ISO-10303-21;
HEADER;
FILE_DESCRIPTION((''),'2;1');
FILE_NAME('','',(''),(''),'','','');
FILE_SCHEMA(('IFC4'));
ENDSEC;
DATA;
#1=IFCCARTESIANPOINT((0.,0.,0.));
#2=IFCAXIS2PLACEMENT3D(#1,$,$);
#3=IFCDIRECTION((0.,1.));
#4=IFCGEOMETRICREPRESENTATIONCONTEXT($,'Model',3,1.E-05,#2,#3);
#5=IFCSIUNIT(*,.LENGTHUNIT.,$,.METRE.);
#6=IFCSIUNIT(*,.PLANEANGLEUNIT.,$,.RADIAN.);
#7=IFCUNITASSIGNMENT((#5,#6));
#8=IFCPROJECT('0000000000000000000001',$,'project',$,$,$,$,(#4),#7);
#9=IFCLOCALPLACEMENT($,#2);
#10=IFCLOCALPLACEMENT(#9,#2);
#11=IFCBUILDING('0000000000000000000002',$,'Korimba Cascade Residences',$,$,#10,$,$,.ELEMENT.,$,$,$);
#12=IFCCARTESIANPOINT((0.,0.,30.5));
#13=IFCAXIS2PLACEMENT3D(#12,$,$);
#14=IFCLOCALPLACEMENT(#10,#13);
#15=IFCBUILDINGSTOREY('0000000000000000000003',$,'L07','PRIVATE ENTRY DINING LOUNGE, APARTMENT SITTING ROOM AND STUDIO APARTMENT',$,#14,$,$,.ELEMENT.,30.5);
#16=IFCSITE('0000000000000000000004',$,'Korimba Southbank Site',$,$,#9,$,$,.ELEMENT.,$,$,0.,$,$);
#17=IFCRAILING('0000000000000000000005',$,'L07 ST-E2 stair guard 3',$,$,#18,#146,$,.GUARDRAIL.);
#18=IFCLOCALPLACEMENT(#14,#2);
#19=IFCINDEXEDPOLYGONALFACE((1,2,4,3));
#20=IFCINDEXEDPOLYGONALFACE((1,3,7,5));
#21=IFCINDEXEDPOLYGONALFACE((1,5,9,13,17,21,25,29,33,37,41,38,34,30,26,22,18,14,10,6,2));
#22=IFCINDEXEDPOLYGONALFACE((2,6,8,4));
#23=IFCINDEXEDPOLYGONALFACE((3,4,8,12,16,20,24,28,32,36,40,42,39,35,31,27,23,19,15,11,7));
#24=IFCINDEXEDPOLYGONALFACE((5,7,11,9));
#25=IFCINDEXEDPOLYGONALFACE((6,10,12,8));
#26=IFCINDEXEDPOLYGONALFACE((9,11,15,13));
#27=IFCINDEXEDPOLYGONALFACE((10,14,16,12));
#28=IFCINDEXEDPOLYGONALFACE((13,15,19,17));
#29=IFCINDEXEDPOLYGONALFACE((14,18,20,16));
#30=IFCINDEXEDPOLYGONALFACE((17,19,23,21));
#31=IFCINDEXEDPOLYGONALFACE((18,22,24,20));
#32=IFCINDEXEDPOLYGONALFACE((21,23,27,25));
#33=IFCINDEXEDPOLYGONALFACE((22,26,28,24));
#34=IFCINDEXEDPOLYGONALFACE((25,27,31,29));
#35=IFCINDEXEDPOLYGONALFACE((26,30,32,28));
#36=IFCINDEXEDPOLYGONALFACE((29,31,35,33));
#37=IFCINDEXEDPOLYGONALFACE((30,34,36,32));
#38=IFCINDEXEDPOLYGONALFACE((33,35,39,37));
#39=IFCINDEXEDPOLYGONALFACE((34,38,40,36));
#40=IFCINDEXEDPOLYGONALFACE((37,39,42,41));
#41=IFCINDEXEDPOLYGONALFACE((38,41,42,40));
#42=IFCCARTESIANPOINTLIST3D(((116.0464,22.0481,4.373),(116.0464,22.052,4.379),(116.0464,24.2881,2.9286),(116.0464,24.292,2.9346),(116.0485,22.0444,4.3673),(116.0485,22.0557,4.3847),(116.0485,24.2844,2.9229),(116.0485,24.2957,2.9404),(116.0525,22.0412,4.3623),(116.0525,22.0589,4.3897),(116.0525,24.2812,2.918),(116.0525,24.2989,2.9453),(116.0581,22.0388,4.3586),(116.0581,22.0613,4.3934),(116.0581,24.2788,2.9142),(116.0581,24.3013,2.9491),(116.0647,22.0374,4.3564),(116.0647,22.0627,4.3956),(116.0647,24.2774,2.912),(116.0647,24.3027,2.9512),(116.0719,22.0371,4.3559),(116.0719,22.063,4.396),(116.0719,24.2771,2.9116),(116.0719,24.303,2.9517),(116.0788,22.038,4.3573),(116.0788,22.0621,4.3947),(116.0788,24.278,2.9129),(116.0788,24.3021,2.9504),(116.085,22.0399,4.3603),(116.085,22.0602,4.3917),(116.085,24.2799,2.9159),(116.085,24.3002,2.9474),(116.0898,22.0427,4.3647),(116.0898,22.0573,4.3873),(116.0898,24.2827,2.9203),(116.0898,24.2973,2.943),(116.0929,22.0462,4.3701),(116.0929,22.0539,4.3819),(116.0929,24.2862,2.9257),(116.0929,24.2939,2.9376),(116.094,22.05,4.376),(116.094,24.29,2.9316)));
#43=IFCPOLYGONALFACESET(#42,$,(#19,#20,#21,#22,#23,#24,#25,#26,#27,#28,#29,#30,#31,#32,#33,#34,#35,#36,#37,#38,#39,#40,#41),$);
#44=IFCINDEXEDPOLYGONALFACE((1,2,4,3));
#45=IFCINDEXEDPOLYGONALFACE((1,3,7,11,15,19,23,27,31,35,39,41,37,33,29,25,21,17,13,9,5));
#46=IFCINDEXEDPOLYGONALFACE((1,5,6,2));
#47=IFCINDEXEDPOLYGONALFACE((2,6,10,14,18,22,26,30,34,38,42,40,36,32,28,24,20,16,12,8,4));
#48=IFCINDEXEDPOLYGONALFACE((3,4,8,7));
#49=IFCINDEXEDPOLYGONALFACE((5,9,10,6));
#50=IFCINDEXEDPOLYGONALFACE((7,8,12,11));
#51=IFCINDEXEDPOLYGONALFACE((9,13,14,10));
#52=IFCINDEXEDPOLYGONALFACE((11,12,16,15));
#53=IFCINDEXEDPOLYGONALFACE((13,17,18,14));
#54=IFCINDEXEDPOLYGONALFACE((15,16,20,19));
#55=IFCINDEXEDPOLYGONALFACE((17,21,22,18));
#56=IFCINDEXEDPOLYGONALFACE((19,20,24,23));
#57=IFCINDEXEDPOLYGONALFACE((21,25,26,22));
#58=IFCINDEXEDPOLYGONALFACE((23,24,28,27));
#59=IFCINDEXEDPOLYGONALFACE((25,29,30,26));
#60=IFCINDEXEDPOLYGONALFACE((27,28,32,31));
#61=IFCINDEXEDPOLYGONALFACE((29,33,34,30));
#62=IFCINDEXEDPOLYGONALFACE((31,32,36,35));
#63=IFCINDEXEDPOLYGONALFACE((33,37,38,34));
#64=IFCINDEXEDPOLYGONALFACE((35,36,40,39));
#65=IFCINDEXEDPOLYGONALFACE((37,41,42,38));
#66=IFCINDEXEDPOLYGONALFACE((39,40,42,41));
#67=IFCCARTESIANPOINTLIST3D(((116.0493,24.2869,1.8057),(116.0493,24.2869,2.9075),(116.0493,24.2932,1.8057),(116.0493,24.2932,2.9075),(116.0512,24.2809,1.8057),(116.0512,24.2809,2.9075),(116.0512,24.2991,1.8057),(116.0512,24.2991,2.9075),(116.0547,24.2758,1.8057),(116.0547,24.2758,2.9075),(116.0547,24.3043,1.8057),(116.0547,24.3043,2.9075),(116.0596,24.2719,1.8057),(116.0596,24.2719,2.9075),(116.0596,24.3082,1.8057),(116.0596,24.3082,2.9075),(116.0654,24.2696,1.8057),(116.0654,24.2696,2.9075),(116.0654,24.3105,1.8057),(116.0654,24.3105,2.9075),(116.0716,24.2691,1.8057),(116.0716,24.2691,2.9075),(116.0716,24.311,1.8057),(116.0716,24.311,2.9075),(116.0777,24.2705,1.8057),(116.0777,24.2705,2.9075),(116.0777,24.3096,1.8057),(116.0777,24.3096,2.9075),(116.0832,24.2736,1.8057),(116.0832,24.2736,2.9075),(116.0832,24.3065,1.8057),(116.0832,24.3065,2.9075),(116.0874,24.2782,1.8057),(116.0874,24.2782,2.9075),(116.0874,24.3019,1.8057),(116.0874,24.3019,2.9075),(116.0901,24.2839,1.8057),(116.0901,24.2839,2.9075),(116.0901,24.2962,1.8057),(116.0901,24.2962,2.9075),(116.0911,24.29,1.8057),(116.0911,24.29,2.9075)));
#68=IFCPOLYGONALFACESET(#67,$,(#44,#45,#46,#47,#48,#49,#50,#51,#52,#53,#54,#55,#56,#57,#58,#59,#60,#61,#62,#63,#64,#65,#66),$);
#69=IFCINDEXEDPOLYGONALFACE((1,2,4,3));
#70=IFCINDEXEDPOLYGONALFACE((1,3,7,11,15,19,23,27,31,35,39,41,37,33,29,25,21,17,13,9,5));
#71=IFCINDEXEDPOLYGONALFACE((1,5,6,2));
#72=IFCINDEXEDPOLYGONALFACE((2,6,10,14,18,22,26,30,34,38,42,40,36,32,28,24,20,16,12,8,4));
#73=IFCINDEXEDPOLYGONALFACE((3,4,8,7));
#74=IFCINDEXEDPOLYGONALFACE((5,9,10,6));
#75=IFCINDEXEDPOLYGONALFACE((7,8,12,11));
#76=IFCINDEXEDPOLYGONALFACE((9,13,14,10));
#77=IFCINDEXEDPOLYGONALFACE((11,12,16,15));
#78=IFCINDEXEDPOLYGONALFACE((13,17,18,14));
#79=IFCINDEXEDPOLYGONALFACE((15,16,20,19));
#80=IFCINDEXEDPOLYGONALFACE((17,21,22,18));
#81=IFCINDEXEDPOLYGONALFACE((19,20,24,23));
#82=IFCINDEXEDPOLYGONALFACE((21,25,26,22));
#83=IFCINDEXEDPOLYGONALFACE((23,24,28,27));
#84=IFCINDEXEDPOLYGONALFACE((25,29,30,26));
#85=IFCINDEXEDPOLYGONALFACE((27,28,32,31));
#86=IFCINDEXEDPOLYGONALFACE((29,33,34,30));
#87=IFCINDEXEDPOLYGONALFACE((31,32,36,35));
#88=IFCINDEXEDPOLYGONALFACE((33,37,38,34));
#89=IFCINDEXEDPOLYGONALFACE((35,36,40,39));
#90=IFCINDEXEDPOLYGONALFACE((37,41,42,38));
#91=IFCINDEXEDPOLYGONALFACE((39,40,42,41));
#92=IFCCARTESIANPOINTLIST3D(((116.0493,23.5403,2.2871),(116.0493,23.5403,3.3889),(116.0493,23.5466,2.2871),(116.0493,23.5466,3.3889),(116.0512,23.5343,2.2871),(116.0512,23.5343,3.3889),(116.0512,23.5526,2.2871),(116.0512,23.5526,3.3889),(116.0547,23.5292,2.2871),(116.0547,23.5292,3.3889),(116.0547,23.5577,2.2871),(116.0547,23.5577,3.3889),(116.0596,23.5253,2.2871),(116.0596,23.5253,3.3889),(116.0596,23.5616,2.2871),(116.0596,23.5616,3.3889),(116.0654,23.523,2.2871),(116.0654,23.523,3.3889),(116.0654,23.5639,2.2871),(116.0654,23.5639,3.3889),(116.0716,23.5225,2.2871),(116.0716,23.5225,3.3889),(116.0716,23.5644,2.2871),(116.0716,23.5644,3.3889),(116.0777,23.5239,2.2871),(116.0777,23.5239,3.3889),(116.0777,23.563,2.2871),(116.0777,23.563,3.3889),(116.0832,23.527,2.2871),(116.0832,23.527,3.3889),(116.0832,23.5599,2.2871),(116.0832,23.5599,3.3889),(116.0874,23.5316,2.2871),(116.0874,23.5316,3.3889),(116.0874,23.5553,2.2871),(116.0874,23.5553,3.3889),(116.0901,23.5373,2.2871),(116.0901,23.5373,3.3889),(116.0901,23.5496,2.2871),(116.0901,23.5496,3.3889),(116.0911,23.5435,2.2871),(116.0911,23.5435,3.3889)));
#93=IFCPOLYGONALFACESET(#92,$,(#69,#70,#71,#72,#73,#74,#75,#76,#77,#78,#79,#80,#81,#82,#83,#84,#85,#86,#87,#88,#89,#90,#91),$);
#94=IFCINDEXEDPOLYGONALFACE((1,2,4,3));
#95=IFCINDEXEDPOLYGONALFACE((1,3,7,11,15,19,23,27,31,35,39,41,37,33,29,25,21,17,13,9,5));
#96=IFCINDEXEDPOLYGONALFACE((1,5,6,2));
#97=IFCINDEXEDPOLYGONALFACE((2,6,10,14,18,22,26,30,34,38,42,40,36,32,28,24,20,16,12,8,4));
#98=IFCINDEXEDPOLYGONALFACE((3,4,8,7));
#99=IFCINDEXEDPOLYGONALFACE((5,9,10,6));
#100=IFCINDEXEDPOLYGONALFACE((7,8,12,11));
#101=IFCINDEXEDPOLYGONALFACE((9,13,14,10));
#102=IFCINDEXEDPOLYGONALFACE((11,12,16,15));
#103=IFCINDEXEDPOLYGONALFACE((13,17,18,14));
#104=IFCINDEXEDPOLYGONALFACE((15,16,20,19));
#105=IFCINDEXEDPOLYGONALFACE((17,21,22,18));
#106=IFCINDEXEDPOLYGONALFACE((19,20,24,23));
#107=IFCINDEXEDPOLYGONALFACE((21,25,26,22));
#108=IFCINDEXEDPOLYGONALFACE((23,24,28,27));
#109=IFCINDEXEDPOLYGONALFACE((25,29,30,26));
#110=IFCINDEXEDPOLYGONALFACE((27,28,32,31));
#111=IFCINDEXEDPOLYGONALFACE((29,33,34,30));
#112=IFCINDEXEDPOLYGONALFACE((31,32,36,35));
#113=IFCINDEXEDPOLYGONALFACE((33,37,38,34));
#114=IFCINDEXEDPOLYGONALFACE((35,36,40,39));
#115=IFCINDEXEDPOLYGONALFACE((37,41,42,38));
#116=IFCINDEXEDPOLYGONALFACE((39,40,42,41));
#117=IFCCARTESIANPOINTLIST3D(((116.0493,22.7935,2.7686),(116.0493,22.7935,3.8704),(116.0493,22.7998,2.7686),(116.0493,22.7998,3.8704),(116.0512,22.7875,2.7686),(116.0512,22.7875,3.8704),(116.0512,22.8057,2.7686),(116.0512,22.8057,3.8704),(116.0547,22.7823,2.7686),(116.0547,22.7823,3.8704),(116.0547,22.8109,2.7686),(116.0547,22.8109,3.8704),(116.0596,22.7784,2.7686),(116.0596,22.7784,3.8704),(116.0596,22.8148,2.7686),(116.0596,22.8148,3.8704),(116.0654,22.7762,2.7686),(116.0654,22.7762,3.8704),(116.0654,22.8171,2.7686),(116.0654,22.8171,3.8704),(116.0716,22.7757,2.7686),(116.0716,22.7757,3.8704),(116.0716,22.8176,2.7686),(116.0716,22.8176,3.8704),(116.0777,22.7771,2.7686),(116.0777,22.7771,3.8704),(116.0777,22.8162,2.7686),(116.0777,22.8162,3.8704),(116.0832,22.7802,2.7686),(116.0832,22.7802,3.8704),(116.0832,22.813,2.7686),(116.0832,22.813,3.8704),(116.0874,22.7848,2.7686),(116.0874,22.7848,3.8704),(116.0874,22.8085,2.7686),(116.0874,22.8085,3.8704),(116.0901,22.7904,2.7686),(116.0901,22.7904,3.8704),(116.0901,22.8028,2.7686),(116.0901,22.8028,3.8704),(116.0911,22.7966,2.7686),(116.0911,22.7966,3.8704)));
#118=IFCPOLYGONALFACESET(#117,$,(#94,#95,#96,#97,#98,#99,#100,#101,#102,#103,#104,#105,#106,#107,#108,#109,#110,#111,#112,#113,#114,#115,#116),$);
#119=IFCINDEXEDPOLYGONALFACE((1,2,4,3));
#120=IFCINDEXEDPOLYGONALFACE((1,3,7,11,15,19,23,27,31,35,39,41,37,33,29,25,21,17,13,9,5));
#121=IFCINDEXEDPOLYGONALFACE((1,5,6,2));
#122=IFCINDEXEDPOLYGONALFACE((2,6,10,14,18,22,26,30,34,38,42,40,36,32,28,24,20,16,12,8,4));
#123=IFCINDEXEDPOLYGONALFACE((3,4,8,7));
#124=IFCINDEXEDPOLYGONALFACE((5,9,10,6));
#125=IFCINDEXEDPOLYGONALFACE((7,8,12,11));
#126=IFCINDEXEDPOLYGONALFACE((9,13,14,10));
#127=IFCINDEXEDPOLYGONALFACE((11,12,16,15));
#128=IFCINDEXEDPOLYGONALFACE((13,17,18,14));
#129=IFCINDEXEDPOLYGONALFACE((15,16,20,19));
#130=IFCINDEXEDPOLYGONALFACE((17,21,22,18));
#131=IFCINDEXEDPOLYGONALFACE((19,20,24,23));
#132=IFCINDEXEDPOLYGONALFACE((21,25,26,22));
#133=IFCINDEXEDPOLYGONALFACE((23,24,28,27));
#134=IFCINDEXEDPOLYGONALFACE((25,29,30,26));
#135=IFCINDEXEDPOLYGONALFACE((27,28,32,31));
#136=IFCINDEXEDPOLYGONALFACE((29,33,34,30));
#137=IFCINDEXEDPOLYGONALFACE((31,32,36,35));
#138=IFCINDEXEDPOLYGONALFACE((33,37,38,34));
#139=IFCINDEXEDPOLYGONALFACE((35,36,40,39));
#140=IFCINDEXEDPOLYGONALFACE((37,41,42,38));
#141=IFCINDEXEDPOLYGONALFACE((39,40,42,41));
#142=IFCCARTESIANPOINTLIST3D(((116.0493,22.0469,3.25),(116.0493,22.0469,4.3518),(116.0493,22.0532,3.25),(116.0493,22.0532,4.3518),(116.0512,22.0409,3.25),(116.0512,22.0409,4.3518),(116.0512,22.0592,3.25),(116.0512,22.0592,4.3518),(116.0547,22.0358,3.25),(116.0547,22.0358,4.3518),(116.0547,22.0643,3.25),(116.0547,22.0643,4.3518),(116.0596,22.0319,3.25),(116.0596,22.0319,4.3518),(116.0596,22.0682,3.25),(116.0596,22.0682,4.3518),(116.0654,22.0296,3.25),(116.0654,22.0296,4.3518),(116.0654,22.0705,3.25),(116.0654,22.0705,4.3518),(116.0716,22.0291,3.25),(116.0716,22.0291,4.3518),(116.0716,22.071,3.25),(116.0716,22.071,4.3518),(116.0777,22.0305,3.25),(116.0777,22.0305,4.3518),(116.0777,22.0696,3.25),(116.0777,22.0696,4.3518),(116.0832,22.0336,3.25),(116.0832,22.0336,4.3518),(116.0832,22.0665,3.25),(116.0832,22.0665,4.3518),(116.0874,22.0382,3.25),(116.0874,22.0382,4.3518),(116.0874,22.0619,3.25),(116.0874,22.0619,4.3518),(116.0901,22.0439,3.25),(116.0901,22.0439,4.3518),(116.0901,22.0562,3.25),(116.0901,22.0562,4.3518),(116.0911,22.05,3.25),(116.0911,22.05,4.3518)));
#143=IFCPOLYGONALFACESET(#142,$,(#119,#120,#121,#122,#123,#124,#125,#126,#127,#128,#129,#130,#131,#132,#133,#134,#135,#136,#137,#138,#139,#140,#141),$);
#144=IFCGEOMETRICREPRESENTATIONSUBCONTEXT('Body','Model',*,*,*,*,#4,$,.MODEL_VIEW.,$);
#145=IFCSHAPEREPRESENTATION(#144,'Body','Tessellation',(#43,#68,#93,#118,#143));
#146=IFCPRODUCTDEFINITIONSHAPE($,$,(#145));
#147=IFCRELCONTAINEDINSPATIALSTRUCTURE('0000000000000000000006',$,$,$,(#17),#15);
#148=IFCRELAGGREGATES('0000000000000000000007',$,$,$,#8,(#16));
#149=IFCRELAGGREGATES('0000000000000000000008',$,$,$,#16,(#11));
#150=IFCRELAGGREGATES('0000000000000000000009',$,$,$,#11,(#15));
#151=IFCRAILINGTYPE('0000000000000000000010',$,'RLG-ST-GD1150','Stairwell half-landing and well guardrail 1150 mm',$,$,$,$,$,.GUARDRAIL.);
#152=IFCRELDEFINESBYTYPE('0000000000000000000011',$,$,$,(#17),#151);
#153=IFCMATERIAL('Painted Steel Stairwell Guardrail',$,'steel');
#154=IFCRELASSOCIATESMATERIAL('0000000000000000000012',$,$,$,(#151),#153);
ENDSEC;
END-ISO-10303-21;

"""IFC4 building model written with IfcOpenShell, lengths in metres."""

from ifc_helpers import new_model, si_unit, direction, frame, origin, origin_2d, place, context, subcontext, project, spatial, circle, extrude, material, type_object, element, save


model = new_model("IFC4")

# Units and contexts
model_context = context("Model", 3, precision=1e-05, world=origin(), true_north=direction((0.0, 1.0)))
body_context = subcontext(model_context, "Body", "Model", "MODEL_VIEW")
ifc_project = project(units=[si_unit("LENGTHUNIT", "METRE"), si_unit("PLANEANGLEUNIT", "RADIAN")], contexts=[model_context])

# Site, building, storey
site_placement = place(None, origin())
site = spatial("IfcSite", under=ifc_project, at=site_placement, Name="Korimba Southbank Site", CompositionType="ELEMENT", RefElevation=0.0)
building_placement = place(site_placement, origin())
building = spatial("IfcBuilding", under=site, at=building_placement, Name="Korimba Cascade Residences", CompositionType="ELEMENT")
storey_placement = place(building_placement, frame((0.0, 0.0, 30.5)))
storey = spatial("IfcBuildingStorey", under=building, at=storey_placement, Name="L07", Description="PRIVATE ENTRY DINING LOUNGE, APARTMENT SITTING ROOM AND STUDIO APARTMENT", CompositionType="ELEMENT", Elevation=30.5)

# Railing
ifc_material_1 = material(Name="Painted Steel Stairwell Guardrail", Category="steel")
railing_type_1 = type_object("IfcRailingType", Name="RLG-ST-GD1150", Description="Stairwell half-landing and well guardrail 1150 mm", PredefinedType="GUARDRAIL", material=ifc_material_1)
railing_1_placement = place(storey_placement, frame((116.0701, 24.29, 1.8057)))
element("IfcRailing", 1, at=railing_1_placement, inside=storey, type_object=railing_type_1, Name="L07 ST-E2 stair guard 3", PredefinedType="GUARDRAIL", context=body_context, shape_type="SweptSolid", body=[
    extrude(circle(Radius=0.0239, at=origin_2d()), frame((0.0, 0.0, 1.126), z_axis=(0.0, -0.840437, 0.54191), x_axis=(1.0, 0.0, 0.0)), (0.0, 0.0, 1.0), 2.6653),
    extrude(circle(Radius=0.021, at=origin_2d()), origin(), (0.0, 0.0, 1.0), 1.1018),
    extrude(circle(Radius=0.021, at=origin_2d()), frame((0.0, -0.7466, 0.4814)), (0.0, 0.0, 1.0), 1.1018),
    extrude(circle(Radius=0.021, at=origin_2d()), frame((0.0, -1.4934, 0.9629)), (0.0, 0.0, 1.0), 1.1018),
    extrude(circle(Radius=0.021, at=origin_2d()), frame((0.0, -2.24, 1.4443)), (0.0, 0.0, 1.0), 1.1018),
])

save(model, "model.ifc")
